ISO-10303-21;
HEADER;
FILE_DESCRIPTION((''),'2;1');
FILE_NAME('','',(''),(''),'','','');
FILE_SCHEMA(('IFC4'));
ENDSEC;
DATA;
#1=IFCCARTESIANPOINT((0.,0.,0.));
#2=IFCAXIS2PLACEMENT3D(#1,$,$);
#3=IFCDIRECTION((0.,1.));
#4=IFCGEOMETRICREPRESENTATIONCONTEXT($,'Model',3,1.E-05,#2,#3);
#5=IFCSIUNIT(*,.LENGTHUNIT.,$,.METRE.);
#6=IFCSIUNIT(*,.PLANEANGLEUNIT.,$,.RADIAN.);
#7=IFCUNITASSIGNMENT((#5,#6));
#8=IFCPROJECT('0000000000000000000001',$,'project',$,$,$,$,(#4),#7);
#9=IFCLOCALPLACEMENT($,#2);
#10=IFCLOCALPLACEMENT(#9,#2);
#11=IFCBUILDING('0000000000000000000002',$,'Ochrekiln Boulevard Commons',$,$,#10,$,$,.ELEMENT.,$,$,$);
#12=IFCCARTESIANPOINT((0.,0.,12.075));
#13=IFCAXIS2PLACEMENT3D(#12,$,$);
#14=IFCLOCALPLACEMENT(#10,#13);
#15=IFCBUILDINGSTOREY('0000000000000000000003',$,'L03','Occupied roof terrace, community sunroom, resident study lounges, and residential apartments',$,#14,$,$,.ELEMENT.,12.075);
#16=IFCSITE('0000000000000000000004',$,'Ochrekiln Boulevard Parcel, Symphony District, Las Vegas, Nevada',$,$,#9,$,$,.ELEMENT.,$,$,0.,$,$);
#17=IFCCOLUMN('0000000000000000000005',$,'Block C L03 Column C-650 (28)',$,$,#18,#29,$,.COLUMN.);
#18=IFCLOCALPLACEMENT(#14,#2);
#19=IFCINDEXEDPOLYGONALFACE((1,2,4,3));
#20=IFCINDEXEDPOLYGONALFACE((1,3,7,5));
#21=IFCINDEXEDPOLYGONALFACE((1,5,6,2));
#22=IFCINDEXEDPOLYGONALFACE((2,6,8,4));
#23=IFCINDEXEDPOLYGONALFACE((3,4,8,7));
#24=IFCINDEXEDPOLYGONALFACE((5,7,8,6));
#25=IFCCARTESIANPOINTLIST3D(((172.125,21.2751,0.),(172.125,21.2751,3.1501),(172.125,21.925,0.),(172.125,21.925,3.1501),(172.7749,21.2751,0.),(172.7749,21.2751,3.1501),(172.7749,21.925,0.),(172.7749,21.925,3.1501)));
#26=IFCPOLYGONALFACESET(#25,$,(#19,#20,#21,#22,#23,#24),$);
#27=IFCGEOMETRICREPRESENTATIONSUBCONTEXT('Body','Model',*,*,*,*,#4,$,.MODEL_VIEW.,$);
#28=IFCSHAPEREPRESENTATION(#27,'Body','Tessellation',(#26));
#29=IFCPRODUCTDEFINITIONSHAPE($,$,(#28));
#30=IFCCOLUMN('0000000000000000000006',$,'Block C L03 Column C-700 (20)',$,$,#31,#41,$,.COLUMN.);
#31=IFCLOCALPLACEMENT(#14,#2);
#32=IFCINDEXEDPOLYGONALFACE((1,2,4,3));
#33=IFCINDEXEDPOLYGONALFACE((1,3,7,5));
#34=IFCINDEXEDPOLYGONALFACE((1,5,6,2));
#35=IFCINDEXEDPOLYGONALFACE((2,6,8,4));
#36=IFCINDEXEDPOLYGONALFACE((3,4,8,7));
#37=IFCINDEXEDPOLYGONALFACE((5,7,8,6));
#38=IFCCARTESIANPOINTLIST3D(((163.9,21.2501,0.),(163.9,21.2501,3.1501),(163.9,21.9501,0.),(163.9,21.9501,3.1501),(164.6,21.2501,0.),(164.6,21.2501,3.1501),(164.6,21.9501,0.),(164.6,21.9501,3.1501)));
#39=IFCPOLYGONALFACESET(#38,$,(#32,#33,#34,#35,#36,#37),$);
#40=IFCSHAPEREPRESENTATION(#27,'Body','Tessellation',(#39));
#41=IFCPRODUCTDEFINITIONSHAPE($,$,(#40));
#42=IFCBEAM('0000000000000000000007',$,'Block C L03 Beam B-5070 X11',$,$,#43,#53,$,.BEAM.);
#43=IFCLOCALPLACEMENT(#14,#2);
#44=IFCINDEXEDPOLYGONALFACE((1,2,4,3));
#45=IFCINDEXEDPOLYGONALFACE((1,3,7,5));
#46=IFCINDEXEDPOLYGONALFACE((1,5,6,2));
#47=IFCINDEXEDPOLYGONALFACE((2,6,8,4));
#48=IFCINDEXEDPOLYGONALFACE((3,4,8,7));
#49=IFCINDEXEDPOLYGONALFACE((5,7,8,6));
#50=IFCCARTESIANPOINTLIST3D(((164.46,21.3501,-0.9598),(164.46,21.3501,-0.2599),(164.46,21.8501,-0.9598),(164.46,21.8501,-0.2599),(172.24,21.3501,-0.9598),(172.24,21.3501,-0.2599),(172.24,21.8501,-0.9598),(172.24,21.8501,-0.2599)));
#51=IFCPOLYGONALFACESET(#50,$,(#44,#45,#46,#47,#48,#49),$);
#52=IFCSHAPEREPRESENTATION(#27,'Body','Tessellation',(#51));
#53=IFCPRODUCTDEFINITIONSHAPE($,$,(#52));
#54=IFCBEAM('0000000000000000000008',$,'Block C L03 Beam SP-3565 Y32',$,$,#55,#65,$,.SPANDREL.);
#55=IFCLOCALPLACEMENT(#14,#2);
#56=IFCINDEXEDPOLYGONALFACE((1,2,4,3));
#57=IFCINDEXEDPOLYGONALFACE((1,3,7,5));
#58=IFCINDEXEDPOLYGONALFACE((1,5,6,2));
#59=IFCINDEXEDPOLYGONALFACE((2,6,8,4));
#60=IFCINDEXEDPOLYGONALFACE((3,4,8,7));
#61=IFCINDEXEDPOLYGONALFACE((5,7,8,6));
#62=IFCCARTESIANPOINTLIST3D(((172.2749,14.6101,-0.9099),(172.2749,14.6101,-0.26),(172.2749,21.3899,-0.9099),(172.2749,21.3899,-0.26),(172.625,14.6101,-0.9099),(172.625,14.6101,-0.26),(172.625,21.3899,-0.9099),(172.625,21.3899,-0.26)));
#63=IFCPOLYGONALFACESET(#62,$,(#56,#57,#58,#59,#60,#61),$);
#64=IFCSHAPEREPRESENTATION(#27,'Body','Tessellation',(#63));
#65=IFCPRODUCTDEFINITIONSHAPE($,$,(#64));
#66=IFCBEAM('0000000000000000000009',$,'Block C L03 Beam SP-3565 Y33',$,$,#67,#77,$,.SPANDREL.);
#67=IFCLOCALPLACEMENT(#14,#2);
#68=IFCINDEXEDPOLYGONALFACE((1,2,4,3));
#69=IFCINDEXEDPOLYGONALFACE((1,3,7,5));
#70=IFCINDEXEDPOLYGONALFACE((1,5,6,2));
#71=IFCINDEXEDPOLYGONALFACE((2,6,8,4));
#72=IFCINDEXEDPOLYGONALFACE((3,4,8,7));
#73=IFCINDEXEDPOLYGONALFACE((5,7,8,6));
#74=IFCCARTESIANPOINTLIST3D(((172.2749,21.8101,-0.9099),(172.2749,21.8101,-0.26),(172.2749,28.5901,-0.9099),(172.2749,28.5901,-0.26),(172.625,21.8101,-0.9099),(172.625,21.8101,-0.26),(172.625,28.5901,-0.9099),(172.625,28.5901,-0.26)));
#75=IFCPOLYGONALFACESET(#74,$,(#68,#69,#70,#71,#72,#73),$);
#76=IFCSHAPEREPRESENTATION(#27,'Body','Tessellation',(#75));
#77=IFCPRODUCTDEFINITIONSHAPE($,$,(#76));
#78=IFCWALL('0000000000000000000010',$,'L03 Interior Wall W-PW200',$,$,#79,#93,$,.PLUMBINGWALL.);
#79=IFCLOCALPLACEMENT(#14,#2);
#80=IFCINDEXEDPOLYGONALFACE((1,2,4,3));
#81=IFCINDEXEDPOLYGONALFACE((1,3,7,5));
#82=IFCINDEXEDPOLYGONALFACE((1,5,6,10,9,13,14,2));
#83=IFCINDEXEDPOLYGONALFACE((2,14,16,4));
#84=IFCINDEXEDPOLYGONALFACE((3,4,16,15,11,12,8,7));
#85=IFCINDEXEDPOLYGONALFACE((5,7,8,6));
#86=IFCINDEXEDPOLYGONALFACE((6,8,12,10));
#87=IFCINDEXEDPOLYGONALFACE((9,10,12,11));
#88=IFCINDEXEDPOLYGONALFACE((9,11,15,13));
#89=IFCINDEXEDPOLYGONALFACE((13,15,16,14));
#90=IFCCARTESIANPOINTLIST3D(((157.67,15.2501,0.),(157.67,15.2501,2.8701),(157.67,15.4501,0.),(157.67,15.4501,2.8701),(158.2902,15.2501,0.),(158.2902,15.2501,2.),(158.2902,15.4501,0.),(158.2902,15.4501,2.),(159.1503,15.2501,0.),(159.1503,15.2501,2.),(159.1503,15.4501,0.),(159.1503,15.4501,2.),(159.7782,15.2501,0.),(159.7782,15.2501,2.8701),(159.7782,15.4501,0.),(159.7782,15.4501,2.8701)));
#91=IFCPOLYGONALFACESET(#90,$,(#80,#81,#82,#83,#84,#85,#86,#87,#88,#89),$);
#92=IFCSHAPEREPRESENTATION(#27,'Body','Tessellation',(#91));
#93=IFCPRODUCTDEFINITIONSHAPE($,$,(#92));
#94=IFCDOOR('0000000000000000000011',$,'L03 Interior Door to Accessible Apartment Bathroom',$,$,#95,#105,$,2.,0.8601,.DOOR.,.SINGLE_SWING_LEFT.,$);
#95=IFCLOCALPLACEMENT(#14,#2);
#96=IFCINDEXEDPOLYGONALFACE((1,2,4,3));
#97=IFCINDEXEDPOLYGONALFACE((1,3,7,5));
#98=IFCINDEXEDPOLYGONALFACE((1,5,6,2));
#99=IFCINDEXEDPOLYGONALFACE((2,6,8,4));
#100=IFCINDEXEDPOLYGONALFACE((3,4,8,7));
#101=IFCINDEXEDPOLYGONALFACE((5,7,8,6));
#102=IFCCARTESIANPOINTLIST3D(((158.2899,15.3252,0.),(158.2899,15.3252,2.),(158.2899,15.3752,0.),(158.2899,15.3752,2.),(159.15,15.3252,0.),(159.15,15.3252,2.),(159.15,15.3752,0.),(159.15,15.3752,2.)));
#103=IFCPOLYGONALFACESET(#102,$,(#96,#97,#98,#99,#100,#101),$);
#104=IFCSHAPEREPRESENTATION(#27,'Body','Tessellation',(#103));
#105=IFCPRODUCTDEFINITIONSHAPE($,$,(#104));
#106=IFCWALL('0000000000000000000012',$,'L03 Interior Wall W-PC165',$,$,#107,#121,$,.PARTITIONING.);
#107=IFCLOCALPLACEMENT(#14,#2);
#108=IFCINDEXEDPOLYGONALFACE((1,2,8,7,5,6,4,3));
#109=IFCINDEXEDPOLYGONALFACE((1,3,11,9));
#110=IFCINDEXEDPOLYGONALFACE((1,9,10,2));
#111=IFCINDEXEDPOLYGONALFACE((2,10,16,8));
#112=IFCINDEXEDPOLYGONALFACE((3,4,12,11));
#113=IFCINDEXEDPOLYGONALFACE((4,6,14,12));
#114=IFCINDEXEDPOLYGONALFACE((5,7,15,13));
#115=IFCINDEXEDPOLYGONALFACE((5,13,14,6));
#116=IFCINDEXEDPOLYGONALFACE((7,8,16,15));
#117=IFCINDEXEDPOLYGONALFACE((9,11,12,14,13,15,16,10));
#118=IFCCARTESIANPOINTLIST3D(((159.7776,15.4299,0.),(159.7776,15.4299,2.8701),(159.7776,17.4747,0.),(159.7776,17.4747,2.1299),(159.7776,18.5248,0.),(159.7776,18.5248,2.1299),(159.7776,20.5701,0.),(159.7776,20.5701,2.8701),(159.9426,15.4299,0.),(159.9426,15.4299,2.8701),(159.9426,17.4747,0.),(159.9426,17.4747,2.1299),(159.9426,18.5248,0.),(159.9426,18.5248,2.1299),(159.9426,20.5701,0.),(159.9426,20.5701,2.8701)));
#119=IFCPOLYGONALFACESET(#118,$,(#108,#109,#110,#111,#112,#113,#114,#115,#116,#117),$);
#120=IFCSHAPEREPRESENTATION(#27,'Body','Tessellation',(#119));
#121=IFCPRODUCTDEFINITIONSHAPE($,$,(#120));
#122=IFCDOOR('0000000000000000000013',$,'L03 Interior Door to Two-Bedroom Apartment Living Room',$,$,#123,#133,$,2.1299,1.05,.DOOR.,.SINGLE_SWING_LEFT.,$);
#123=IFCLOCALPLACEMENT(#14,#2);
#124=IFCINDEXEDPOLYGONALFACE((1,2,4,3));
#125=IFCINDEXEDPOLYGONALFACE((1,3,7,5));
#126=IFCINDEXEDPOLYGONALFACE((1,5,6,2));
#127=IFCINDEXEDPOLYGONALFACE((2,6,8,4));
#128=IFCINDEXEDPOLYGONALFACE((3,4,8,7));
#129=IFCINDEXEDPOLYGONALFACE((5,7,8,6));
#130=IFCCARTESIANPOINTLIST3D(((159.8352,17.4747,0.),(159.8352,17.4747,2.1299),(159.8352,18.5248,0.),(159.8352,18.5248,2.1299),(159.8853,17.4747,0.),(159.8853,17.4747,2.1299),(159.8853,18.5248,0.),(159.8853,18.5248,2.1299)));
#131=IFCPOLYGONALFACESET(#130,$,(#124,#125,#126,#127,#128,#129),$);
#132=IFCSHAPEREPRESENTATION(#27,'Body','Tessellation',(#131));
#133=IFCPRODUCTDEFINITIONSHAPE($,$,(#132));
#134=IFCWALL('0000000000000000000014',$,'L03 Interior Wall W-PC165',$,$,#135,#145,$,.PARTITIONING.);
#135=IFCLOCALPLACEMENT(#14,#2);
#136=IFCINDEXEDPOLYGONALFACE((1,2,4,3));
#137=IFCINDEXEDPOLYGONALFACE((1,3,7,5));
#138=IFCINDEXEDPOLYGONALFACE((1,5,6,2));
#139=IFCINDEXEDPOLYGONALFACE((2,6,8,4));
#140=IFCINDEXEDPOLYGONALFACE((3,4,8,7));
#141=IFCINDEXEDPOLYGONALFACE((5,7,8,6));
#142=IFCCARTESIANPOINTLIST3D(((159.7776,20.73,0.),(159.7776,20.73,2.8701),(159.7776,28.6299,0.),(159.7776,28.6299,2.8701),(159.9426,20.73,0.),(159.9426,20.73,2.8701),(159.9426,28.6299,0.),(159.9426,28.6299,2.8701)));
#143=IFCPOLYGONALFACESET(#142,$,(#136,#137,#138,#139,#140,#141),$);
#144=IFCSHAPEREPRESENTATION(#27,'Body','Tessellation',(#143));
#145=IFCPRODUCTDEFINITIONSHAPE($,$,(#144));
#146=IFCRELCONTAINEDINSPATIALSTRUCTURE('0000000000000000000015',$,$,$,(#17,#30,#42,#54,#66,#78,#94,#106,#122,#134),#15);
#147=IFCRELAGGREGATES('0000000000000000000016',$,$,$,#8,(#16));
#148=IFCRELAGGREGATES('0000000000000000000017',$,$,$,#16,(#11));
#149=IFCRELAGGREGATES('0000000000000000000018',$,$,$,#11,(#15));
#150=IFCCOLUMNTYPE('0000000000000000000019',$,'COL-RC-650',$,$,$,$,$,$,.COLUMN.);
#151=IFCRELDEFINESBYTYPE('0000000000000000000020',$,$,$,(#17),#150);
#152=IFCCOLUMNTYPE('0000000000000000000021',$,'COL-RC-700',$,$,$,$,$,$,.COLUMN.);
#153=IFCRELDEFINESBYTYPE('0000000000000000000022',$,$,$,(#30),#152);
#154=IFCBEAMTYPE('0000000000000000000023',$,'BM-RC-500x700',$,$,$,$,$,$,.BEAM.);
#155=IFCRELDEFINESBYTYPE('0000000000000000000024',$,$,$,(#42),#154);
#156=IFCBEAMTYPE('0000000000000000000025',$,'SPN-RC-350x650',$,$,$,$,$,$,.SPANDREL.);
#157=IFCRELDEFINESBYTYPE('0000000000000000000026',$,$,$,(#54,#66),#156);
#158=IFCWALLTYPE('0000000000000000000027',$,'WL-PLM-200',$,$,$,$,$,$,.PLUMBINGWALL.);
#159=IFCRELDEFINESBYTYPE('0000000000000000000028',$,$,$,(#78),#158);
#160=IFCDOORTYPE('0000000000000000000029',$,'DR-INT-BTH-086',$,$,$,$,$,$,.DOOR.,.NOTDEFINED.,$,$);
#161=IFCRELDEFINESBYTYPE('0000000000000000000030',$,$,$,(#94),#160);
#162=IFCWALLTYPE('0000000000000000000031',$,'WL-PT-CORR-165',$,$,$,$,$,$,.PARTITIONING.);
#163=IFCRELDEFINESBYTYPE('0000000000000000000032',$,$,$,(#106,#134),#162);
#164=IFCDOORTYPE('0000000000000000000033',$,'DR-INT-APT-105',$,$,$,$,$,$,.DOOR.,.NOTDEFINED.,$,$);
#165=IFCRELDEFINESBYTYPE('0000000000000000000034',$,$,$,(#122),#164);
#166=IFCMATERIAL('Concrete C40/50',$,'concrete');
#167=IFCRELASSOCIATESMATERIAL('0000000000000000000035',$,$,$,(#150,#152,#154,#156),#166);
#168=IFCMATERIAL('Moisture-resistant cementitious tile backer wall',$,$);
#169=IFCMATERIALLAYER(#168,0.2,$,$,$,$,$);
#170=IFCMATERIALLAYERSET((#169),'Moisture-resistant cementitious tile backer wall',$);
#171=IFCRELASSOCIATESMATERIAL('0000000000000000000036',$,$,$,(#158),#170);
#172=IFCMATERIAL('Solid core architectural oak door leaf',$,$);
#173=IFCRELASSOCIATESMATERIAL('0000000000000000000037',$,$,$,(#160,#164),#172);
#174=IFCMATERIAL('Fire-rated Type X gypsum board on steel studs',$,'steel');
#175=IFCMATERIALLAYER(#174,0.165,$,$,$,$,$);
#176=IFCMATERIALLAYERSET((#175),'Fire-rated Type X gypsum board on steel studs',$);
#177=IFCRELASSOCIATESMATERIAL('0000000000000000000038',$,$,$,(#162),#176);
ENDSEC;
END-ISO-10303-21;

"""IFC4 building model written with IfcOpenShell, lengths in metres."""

from ifc_helpers import new_model, si_unit, direction, frame, frame_2d, origin, origin_2d, place, context, subcontext, project, spatial, rectangle, extrude, material, layer, layer_set, material_profile, profile_set, type_object, element, fill, save


model = new_model("IFC4")

# Units and contexts
model_context = context("Model", 3, precision=1e-05, world=origin(), true_north=direction((0.0, 1.0)))
body_context = subcontext(model_context, "Body", "Model", "MODEL_VIEW")
ifc_project = project(units=[si_unit("LENGTHUNIT", "METRE"), si_unit("PLANEANGLEUNIT", "RADIAN")], contexts=[model_context])

# Site, building, storey
site_placement = place(None, origin())
site = spatial("IfcSite", under=ifc_project, at=site_placement, Name="Ochrekiln Boulevard Parcel, Symphony District, Las Vegas, Nevada", CompositionType="ELEMENT", RefElevation=0.0)
building_placement = place(site_placement, origin())
building = spatial("IfcBuilding", under=site, at=building_placement, Name="Ochrekiln Boulevard Commons", CompositionType="ELEMENT")
storey_placement = place(building_placement, frame((0.0, 0.0, 12.075)))
storey = spatial("IfcBuildingStorey", under=building, at=storey_placement, Name="L03", Description="Occupied roof terrace, community sunroom, resident study lounges, and residential apartments", CompositionType="ELEMENT", Elevation=12.075)

# Columns
ifc_material_1 = material(Name="Concrete C40/50", Category="concrete")
ifc_material_profile_1 = material_profile(ifc_material_1, rectangle(XDim=0.6499, YDim=0.6499, at=origin_2d()), Name="RC-COL-650x650")
ifc_profile_set_1 = profile_set([ifc_material_profile_1], Name="Concrete C40/50")
column_type_1 = type_object("IfcColumnType", Name="COL-RC-650", PredefinedType="COLUMN", material=ifc_profile_set_1)
column_1_placement = place(storey_placement, frame((172.45, 21.6001, 0.0), z_axis=(0.0, 0.0, 1.0), x_axis=(1.0, 0.0, 0.0)))
element("IfcColumn", 1, at=column_1_placement, inside=storey, type_object=column_type_1, Name="Block C L03 Column C-650 (28)", PredefinedType="COLUMN", context=body_context, shape_type="SweptSolid", body=[
    extrude(rectangle(XDim=0.6499, YDim=0.6499, at=origin_2d()), origin(), (0.0, 0.0, 1.0), 3.1501),
])
ifc_material_profile_2 = material_profile(ifc_material_1, rectangle(XDim=0.7, YDim=0.7, at=origin_2d()), Name="RC-COL-700x700")
ifc_profile_set_2 = profile_set([ifc_material_profile_2], Name="Concrete C40/50")
column_type_2 = type_object("IfcColumnType", Name="COL-RC-700", PredefinedType="COLUMN", material=ifc_profile_set_2)
column_2_placement = place(storey_placement, frame((164.25, 21.6001, 0.0), z_axis=(0.0, 0.0, 1.0), x_axis=(1.0, 0.0, 0.0)))
element("IfcColumn", 2, at=column_2_placement, inside=storey, type_object=column_type_2, Name="Block C L03 Column C-700 (20)", PredefinedType="COLUMN", context=body_context, shape_type="SweptSolid", body=[
    extrude(rectangle(XDim=0.7, YDim=0.7, at=origin_2d()), origin(), (0.0, 0.0, 1.0), 3.1501),
])

# Beams
ifc_material_profile_3 = material_profile(ifc_material_1, rectangle(XDim=0.5, YDim=0.7, at=origin_2d()), Name="RC-BM-500x700")
ifc_profile_set_3 = profile_set([ifc_material_profile_3], Name="Concrete C40/50")
beam_type_1 = type_object("IfcBeamType", Name="BM-RC-500x700", PredefinedType="BEAM", material=ifc_profile_set_3)
beam_1_placement = place(storey_placement, frame((164.46, 21.6001, -0.6099), z_axis=(1.0, 0.0, 0.0), x_axis=(0.0, 1.0, 0.0)))
element("IfcBeam", 3, at=beam_1_placement, inside=storey, type_object=beam_type_1, Name="Block C L03 Beam B-5070 X11", PredefinedType="BEAM", context=body_context, shape_type="SweptSolid", body=[
    extrude(rectangle(XDim=0.5, YDim=0.7, at=origin_2d()), origin(), (0.0, 0.0, 1.0), 7.78),
])
ifc_material_profile_4 = material_profile(ifc_material_1, rectangle(XDim=0.3501, YDim=0.6499, at=origin_2d()), Name="RC-SPN-350x650")
ifc_profile_set_4 = profile_set([ifc_material_profile_4], Name="Concrete C40/50")
beam_type_2 = type_object("IfcBeamType", Name="SPN-RC-350x650", PredefinedType="SPANDREL", material=ifc_profile_set_4)
beam_2_placement = place(storey_placement, frame((172.45, 14.6101, -0.585), z_axis=(0.0, 1.0, 0.0), x_axis=(-1.0, 0.0, 0.0)))
element("IfcBeam", 4, at=beam_2_placement, inside=storey, type_object=beam_type_2, Name="Block C L03 Beam SP-3565 Y32", PredefinedType="SPANDREL", context=body_context, shape_type="SweptSolid", body=[
    extrude(rectangle(XDim=0.3501, YDim=0.6499, at=origin_2d()), origin(), (0.0, 0.0, 1.0), 6.7798),
])
beam_3_placement = place(storey_placement, frame((172.45, 21.8101, -0.585), z_axis=(0.0, 1.0, 0.0), x_axis=(-1.0, 0.0, 0.0)))
element("IfcBeam", 5, at=beam_3_placement, inside=storey, type_object=beam_type_2, Name="Block C L03 Beam SP-3565 Y33", PredefinedType="SPANDREL", context=body_context, shape_type="SweptSolid", body=[
    extrude(rectangle(XDim=0.3501, YDim=0.6499, at=origin_2d()), origin(), (0.0, 0.0, 1.0), 6.78),
])

# Walls, openings, doors
ifc_material_2 = material(Name="Moisture-resistant cementitious tile backer wall")
ifc_layer_1 = layer(ifc_material_2, 0.2)
ifc_layer_set_1 = layer_set([ifc_layer_1], Name="Moisture-resistant cementitious tile backer wall")
wall_type_1 = type_object("IfcWallType", Name="WL-PLM-200", PredefinedType="PLUMBINGWALL", material=ifc_layer_set_1)
wall_1_placement = place(storey_placement, frame((157.6699, 15.3501, 0.0), z_axis=(0.0, 0.0, 1.0), x_axis=(1.0, 0.0, 0.0)))
wall_1 = element("IfcWall", 6, at=wall_1_placement, inside=storey, type_object=wall_type_1, Name="L03 Interior Wall W-PW200", PredefinedType="PLUMBINGWALL", context=body_context, shape_type="SweptSolid", body=[
    extrude(rectangle(XDim=2.1082, YDim=0.2, at=frame_2d((1.0542, 0.0))), origin(), (0.0, 0.0, 1.0), 2.8701),
])
opening_1_placement = place(wall_1_placement, frame((0.6201, 0.0, 0.0)))
opening_1 = element("IfcOpeningElement", 7, at=opening_1_placement, cuts=wall_1, PredefinedType="OPENING", context=body_context, shape_type="SweptSolid", body=[
    extrude(rectangle(XDim=0.8601, YDim=2.0, at=frame_2d((0.4302, 1.0))), frame((0.0, 0.1099, 0.0), z_axis=(0.0, -1.0, 0.0), x_axis=(1.0, 0.0, 0.0)), (0.0, 0.0, 1.0), 0.22),
])
ifc_material_3 = material(Name="Solid core architectural oak door leaf")
door_type_1 = type_object("IfcDoorType", Name="DR-INT-BTH-086", OperationType="NOTDEFINED", PredefinedType="DOOR", material=ifc_material_3)
door_1_placement = place(opening_1_placement, frame((0.8601, 0.0, 0.0), z_axis=(0.0, 0.0, 1.0), x_axis=(-1.0, 0.0, 0.0)))
door_1 = element("IfcDoor", 8, at=door_1_placement, inside=storey, type_object=door_type_1, Name="L03 Interior Door to Accessible Apartment Bathroom", OperationType="SINGLE_SWING_LEFT", OverallHeight=2.0, OverallWidth=0.8601, PredefinedType="DOOR", context=body_context, shape_type="SweptSolid", body=[
    extrude(rectangle(XDim=0.8601, YDim=2.0, at=frame_2d((0.4302, 1.0))), frame((0.0, 0.0249, 0.0), z_axis=(0.0, -1.0, 0.0), x_axis=(1.0, 0.0, 0.0)), (0.0, 0.0, 1.0), 0.05),
])
fill(opening_1, door_1)
ifc_material_4 = material(Name="Fire-rated Type X gypsum board on steel studs", Category="steel")
ifc_layer_2 = layer(ifc_material_4, 0.165)
ifc_layer_set_2 = layer_set([ifc_layer_2], Name="Fire-rated Type X gypsum board on steel studs")
wall_type_2 = type_object("IfcWallType", Name="WL-PT-CORR-165", PredefinedType="PARTITIONING", material=ifc_layer_set_2)
wall_2_placement = place(storey_placement, frame((159.8601, 15.4299, 0.0), z_axis=(0.0, 0.0, 1.0), x_axis=(0.0, 1.0, 0.0)))
wall_2 = element("IfcWall", 9, at=wall_2_placement, inside=storey, type_object=wall_type_2, Name="L03 Interior Wall W-PC165", PredefinedType="PARTITIONING", context=body_context, shape_type="SweptSolid", body=[
    extrude(rectangle(XDim=5.1401, YDim=0.165, at=frame_2d((2.5701, 0.0))), origin(), (0.0, 0.0, 1.0), 2.8701),
])
opening_2_placement = place(wall_2_placement, frame((2.0449, 0.0, 0.0)))
opening_2 = element("IfcOpeningElement", 10, at=opening_2_placement, cuts=wall_2, PredefinedType="OPENING", context=body_context, shape_type="SweptSolid", body=[
    extrude(rectangle(XDim=1.05, YDim=2.1299, at=frame_2d((0.5249, 1.0649))), frame((0.0, 0.0925, 0.0), z_axis=(0.0, -1.0, 0.0), x_axis=(1.0, 0.0, 0.0)), (0.0, 0.0, 1.0), 0.1851),
])
door_type_2 = type_object("IfcDoorType", Name="DR-INT-APT-105", OperationType="NOTDEFINED", PredefinedType="DOOR", material=ifc_material_3)
door_2_placement = place(opening_2_placement, origin())
door_2 = element("IfcDoor", 11, at=door_2_placement, inside=storey, type_object=door_type_2, Name="L03 Interior Door to Two-Bedroom Apartment Living Room", OperationType="SINGLE_SWING_LEFT", OverallHeight=2.1299, OverallWidth=1.05, PredefinedType="DOOR", context=body_context, shape_type="SweptSolid", body=[
    extrude(rectangle(XDim=1.05, YDim=2.1299, at=frame_2d((0.5249, 1.0649))), frame((0.0, 0.0249, 0.0), z_axis=(0.0, -1.0, 0.0), x_axis=(1.0, 0.0, 0.0)), (0.0, 0.0, 1.0), 0.05),
])
fill(opening_2, door_2)

# Wall
wall_3_placement = place(storey_placement, frame((159.8601, 20.73, 0.0), z_axis=(0.0, 0.0, 1.0), x_axis=(0.0, 1.0, 0.0)))
element("IfcWall", 12, at=wall_3_placement, inside=storey, type_object=wall_type_2, Name="L03 Interior Wall W-PC165", PredefinedType="PARTITIONING", context=body_context, shape_type="SweptSolid", body=[
    extrude(rectangle(XDim=7.8999, YDim=0.165, at=frame_2d((3.95, 0.0))), origin(), (0.0, 0.0, 1.0), 2.8701),
])

save(model, "model.ifc")
